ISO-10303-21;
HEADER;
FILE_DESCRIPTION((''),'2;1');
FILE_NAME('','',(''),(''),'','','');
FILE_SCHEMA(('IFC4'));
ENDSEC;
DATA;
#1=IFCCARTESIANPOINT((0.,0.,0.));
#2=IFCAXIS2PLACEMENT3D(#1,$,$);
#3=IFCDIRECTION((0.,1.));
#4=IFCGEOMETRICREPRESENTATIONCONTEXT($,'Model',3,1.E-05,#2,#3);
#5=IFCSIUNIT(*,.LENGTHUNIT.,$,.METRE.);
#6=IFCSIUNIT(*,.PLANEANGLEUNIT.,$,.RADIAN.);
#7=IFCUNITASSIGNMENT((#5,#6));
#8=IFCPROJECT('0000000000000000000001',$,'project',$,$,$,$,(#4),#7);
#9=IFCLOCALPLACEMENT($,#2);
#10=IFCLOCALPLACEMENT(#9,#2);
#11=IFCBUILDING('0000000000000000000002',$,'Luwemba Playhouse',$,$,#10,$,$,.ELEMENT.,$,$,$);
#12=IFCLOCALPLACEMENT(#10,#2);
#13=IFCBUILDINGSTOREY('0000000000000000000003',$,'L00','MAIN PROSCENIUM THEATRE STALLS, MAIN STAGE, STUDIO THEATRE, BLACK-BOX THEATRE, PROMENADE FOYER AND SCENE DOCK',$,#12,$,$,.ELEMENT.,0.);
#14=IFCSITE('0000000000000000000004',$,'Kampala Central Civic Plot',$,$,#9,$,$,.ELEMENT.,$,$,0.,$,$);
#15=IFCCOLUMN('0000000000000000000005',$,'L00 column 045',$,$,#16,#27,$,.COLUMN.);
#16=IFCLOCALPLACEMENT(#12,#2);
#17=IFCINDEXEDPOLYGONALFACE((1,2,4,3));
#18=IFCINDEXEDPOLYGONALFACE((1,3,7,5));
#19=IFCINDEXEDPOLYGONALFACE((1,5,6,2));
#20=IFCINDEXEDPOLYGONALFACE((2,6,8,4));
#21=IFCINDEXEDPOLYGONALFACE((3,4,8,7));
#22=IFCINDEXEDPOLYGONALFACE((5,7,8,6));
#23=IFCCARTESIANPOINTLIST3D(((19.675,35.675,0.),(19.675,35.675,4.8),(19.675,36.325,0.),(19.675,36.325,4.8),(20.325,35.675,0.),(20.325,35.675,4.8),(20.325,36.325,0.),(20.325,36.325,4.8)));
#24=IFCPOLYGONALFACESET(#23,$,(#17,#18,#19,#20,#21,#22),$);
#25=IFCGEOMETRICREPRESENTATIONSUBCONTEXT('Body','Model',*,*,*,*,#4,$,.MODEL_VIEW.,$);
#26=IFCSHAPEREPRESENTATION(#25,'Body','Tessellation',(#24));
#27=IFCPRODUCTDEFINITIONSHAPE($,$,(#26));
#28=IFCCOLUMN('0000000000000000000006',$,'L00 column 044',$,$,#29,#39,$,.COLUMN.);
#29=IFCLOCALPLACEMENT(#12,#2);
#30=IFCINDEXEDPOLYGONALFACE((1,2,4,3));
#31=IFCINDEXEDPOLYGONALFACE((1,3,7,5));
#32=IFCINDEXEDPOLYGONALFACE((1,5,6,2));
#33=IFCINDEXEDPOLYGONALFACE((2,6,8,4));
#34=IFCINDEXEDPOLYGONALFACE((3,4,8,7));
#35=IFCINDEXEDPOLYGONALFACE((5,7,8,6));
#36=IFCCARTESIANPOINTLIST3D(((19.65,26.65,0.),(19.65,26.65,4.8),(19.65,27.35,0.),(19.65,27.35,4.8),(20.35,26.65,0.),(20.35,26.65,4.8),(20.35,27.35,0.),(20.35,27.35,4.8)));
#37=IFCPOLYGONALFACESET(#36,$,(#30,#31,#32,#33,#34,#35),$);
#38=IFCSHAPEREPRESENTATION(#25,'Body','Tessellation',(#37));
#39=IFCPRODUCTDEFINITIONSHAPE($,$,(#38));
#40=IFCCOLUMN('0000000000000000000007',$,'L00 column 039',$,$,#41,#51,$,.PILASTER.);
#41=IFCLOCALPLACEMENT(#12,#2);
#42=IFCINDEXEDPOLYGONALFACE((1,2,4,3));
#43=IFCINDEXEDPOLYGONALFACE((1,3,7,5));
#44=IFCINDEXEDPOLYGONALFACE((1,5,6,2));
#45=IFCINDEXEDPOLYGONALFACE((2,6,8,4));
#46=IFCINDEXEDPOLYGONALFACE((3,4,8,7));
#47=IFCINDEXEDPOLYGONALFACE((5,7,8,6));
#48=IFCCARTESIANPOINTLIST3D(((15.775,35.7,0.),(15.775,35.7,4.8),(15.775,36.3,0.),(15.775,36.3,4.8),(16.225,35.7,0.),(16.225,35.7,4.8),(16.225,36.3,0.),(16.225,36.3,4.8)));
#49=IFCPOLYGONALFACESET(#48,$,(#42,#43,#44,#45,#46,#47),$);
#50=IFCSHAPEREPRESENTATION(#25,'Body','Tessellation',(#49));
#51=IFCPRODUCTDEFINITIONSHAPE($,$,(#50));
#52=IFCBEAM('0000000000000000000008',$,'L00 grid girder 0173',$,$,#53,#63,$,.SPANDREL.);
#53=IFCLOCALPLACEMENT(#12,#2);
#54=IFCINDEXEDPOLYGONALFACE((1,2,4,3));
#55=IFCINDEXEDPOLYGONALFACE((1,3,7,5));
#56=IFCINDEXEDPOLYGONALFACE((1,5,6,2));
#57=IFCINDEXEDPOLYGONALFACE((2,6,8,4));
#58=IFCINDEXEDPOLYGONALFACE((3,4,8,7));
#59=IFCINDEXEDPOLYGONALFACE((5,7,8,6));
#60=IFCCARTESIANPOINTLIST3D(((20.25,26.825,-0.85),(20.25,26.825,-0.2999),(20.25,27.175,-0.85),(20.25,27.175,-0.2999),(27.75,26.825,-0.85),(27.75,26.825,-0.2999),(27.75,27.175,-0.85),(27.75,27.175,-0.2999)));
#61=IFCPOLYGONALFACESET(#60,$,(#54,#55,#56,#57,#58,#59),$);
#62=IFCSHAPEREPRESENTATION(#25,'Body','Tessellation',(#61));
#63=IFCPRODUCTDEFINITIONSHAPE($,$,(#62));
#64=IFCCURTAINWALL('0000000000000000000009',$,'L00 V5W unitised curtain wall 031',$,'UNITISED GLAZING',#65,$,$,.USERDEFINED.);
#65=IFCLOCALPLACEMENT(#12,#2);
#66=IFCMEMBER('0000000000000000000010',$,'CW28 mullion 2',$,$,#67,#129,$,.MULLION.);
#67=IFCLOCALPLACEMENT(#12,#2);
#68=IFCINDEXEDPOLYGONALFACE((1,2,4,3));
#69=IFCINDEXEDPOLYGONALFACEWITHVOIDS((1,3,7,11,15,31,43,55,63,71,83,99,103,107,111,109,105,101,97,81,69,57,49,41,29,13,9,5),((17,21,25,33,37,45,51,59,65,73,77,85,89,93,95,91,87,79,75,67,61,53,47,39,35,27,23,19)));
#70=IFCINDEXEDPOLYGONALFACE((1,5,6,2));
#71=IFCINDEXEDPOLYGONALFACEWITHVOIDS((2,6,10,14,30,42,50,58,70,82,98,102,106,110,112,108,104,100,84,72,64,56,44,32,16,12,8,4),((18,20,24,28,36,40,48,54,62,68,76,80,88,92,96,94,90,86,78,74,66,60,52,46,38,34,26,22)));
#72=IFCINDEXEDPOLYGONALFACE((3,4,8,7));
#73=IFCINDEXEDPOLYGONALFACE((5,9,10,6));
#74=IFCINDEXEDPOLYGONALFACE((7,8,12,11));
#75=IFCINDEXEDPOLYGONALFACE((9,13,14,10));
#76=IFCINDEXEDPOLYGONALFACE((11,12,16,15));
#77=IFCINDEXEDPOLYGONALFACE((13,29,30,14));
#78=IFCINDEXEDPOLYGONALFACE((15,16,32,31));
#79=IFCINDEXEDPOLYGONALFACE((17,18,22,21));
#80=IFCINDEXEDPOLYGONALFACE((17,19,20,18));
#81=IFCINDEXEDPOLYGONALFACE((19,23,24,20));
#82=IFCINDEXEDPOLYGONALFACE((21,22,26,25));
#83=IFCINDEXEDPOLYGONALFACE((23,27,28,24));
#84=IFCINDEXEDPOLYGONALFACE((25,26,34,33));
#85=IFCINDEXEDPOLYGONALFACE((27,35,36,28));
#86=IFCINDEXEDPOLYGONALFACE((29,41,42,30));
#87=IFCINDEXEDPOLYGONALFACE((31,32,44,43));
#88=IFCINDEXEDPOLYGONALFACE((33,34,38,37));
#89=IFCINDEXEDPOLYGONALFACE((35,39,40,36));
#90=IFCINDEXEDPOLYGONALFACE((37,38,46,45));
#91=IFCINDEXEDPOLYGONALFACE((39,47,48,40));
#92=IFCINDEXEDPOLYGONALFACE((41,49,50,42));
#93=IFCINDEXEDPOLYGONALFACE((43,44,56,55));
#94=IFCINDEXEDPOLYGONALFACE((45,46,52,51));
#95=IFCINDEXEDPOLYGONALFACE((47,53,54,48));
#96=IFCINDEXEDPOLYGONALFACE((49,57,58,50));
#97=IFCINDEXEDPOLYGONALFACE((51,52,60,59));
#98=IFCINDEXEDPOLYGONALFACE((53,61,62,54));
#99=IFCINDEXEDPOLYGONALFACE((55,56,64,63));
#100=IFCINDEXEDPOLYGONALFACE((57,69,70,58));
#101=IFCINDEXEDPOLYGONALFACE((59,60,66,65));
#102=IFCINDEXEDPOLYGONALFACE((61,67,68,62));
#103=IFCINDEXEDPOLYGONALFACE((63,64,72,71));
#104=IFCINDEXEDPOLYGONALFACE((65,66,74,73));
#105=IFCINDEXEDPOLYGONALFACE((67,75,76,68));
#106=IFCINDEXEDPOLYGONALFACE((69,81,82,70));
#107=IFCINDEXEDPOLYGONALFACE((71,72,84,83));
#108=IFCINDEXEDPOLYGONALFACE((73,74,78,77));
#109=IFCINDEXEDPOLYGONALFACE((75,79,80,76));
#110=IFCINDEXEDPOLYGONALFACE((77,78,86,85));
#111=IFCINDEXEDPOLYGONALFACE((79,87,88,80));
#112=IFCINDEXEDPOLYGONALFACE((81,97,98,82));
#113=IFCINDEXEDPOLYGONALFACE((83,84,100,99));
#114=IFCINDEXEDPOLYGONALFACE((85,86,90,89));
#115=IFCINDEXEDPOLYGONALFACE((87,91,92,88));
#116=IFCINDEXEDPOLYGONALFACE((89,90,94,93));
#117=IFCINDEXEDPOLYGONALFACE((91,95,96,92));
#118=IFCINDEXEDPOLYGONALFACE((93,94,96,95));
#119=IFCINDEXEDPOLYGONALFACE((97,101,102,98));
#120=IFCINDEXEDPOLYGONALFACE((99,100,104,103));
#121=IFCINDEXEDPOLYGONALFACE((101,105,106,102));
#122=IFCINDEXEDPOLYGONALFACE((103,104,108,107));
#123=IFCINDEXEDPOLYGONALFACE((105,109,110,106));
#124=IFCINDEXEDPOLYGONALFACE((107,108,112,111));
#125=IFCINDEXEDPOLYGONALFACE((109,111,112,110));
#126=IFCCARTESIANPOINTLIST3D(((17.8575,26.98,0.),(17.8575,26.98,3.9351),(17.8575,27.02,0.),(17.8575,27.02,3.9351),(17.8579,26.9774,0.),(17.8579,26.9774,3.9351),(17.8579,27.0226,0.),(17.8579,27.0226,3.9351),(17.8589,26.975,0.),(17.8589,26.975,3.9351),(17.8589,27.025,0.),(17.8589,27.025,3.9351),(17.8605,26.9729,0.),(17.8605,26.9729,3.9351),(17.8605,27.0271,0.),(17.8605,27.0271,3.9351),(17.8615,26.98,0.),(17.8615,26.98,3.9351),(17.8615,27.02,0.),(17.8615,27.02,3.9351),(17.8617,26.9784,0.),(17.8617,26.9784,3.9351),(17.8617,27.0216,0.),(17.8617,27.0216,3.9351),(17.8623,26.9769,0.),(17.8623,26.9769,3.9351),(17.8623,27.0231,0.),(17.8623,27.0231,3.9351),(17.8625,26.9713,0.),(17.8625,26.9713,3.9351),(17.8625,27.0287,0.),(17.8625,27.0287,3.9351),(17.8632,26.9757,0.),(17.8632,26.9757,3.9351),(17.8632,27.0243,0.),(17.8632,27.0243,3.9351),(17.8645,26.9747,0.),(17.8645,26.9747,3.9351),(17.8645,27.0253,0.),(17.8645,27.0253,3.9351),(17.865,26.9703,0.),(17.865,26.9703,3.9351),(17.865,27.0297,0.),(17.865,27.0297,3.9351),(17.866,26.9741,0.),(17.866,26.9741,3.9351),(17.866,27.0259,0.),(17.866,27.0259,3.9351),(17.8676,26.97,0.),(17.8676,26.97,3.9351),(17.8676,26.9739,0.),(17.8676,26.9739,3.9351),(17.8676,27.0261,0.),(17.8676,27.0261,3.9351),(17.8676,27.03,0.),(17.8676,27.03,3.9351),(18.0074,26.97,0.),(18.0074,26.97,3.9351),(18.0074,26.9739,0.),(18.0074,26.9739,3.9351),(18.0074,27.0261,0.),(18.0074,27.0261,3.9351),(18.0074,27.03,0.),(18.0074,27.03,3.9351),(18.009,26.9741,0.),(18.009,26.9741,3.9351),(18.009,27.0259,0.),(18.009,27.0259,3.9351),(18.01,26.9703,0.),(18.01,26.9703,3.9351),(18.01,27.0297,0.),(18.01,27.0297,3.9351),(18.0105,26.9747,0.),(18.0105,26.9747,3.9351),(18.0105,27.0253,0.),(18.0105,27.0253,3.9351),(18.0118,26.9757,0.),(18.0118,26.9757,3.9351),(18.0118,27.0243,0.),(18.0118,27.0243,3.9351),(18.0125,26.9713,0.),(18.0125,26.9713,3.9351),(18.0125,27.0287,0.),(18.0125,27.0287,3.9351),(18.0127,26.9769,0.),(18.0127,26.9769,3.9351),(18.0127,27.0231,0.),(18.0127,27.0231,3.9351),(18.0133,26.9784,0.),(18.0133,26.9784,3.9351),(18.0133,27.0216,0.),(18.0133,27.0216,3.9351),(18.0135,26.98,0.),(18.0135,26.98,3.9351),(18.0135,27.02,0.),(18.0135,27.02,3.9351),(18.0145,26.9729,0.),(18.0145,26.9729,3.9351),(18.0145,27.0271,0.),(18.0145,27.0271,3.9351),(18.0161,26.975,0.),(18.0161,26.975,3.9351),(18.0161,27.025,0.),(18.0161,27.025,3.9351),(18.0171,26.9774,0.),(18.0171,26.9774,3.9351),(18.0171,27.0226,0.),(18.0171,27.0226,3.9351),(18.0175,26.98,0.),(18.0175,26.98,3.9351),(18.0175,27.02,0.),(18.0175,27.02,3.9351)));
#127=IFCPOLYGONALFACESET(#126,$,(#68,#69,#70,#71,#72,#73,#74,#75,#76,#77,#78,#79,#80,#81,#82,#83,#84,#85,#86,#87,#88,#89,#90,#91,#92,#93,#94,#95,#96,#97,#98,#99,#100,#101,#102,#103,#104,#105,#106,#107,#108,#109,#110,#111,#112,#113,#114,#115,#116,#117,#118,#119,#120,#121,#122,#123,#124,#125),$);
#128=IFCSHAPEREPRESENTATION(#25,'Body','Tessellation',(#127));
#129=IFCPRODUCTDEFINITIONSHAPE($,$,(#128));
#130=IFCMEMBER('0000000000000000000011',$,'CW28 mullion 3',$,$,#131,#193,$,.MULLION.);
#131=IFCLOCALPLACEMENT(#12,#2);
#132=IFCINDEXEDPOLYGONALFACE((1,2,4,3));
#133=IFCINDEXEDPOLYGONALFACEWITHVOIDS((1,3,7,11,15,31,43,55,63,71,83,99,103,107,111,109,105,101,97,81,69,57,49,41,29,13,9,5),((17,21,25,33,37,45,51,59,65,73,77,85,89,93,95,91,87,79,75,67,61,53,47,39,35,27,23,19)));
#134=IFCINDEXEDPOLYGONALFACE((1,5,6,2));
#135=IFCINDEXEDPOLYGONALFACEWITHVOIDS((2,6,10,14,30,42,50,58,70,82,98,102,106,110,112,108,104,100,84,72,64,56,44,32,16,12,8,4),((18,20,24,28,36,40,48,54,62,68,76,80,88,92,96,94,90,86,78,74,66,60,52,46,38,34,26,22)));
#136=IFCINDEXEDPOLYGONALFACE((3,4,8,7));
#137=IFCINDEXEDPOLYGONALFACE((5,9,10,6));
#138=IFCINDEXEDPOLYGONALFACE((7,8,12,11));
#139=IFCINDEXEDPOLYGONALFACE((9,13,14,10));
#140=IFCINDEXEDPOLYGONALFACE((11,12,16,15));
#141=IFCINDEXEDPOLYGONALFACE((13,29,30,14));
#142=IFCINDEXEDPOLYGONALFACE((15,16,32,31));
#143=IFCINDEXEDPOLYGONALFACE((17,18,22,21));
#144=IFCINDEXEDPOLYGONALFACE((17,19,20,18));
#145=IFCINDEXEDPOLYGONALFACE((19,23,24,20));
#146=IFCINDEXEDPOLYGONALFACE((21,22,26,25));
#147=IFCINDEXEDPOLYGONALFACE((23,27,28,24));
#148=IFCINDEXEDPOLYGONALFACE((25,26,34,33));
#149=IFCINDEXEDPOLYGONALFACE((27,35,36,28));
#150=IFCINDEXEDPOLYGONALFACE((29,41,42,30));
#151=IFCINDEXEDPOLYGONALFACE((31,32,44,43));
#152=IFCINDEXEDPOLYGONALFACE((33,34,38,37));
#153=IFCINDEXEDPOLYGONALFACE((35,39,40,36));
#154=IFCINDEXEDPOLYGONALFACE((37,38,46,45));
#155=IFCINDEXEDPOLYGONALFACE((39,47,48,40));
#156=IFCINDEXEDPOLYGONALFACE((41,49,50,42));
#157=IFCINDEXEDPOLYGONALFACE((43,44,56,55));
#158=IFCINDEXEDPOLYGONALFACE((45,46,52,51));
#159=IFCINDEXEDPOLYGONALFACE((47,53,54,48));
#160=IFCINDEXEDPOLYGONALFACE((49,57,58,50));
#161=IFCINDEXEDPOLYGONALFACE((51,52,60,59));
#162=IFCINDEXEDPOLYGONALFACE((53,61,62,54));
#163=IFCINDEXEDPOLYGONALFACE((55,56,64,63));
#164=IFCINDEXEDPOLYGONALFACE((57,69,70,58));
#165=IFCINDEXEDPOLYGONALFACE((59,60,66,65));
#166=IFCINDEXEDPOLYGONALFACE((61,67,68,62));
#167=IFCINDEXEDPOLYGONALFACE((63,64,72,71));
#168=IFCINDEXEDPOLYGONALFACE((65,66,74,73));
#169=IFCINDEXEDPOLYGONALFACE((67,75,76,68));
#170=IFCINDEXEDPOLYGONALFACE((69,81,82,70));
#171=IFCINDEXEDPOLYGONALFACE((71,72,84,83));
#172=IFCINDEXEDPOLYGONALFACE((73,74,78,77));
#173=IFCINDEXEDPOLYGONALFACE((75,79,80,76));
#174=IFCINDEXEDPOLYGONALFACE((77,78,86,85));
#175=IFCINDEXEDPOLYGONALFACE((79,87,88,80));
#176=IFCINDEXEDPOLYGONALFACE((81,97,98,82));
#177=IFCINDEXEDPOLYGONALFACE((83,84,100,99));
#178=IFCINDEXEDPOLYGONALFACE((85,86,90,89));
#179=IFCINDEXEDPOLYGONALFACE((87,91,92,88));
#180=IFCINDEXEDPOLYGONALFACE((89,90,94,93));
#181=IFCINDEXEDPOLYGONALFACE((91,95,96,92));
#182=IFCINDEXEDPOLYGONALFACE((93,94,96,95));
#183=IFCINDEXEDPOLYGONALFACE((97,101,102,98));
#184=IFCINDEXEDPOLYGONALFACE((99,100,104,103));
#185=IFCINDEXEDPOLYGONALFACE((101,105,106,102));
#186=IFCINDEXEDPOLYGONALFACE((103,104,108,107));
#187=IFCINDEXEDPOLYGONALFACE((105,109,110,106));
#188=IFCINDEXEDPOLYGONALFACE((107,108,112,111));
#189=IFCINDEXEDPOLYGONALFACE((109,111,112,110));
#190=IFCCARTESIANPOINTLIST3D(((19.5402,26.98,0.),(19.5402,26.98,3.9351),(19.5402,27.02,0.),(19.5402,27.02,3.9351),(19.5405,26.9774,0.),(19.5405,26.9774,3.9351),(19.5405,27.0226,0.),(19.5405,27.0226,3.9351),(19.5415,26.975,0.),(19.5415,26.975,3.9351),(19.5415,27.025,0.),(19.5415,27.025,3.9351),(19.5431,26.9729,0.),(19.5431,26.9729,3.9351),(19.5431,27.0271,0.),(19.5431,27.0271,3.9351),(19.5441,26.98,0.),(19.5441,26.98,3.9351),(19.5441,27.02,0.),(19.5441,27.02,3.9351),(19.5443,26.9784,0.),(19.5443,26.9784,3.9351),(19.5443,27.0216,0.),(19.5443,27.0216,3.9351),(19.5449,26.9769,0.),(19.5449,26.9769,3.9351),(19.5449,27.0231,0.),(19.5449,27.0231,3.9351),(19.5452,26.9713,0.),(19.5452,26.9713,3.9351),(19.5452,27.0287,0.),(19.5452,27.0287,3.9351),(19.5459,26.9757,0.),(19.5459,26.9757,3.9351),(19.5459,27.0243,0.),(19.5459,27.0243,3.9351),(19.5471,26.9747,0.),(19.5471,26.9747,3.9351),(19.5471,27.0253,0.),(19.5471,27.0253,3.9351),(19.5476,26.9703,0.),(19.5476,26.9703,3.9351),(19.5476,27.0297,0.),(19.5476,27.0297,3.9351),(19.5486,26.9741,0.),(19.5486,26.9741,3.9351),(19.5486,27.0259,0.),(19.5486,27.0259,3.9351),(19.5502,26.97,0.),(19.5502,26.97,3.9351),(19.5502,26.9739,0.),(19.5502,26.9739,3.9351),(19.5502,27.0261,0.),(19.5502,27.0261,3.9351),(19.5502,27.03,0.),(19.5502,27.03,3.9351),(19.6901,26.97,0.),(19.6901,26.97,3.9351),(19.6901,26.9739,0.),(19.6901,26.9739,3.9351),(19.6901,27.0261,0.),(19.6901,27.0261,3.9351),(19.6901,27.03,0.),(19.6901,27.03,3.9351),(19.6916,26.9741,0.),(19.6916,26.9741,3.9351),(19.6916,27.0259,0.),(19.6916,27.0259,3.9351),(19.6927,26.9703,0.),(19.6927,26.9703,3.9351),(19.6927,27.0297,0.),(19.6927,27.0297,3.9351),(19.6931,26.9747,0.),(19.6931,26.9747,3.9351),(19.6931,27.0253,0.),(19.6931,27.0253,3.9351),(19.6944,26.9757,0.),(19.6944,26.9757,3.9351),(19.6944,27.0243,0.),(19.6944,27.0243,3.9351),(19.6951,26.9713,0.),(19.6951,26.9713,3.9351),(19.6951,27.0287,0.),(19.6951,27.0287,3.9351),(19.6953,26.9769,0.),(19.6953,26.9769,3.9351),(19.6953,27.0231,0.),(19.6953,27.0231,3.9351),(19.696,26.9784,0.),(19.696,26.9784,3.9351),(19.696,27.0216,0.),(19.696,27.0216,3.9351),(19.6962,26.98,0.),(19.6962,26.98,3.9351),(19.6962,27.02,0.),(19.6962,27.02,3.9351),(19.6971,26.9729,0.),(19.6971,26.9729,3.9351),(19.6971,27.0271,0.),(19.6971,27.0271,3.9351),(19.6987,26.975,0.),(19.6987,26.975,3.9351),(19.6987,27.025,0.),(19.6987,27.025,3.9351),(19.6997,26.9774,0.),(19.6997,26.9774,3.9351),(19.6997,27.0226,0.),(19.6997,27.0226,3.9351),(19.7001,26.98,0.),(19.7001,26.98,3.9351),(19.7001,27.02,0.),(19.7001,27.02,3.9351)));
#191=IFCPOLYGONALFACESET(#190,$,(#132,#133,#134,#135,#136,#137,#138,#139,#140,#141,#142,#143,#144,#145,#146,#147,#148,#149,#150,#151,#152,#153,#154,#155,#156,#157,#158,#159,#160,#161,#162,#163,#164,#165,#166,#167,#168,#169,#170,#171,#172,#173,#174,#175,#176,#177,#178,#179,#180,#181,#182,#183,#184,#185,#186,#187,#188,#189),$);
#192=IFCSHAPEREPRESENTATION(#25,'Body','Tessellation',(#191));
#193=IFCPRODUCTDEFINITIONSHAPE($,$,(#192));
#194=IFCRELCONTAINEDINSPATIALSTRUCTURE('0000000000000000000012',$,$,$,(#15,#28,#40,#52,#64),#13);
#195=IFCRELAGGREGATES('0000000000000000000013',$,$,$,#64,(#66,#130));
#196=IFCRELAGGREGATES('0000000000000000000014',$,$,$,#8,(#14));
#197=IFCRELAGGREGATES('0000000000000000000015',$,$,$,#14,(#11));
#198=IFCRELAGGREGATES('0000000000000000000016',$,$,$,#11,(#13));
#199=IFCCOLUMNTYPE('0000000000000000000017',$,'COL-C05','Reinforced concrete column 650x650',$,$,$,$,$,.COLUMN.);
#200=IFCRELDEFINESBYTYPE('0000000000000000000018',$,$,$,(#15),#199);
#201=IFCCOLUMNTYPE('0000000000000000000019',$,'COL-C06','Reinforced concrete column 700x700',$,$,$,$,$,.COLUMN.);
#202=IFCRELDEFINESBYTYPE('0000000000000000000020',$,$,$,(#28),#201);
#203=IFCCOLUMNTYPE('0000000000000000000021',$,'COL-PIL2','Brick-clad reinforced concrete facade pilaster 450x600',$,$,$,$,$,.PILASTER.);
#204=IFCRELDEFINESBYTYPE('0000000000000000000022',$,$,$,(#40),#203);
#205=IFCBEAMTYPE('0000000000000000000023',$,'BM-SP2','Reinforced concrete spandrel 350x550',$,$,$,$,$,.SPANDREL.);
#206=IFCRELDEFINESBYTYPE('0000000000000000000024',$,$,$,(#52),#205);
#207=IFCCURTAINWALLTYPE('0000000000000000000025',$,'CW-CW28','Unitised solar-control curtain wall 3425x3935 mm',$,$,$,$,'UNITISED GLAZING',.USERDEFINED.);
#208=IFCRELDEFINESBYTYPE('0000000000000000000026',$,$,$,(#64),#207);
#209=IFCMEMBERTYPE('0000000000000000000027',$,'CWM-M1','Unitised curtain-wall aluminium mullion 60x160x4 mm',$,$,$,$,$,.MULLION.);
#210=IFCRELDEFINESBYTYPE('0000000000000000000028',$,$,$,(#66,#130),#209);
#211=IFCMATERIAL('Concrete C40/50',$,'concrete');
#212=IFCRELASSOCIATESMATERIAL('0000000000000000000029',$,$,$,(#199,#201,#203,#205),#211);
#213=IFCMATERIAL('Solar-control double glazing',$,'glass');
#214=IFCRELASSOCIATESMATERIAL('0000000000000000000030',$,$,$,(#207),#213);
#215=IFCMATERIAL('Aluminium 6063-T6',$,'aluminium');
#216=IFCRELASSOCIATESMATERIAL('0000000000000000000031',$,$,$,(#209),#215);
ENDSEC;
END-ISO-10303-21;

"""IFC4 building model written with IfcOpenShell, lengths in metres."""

from ifc_helpers import new_model, si_unit, direction, frame, origin, origin_2d, place, context, subcontext, project, spatial, rectangle, hollow_rectangle, extrude, material, material_profile, profile_set, type_object, element, aggregate, save


model = new_model("IFC4")

# Units and contexts
model_context = context("Model", 3, precision=1e-05, world=origin(), true_north=direction((0.0, 1.0)))
body_context = subcontext(model_context, "Body", "Model", "MODEL_VIEW")
ifc_project = project(units=[si_unit("LENGTHUNIT", "METRE"), si_unit("PLANEANGLEUNIT", "RADIAN")], contexts=[model_context])

# Site, building, storey
site_placement = place(None, origin())
site = spatial("IfcSite", under=ifc_project, at=site_placement, Name="Kampala Central Civic Plot", CompositionType="ELEMENT", RefElevation=0.0)
building_placement = place(site_placement, origin())
building = spatial("IfcBuilding", under=site, at=building_placement, Name="Luwemba Playhouse", CompositionType="ELEMENT")
storey_placement = place(building_placement, origin())
storey = spatial("IfcBuildingStorey", under=building, at=storey_placement, Name="L00", Description="MAIN PROSCENIUM THEATRE STALLS, MAIN STAGE, STUDIO THEATRE, BLACK-BOX THEATRE, PROMENADE FOYER AND SCENE DOCK", CompositionType="ELEMENT", Elevation=0.0)

# Columns
ifc_material_1 = material(Name="Concrete C40/50", Category="concrete")
ifc_material_profile_1 = material_profile(ifc_material_1, rectangle(XDim=0.6499, YDim=0.6499, at=origin_2d()))
ifc_profile_set_1 = profile_set([ifc_material_profile_1], Name="Concrete C40/50")
column_type_1 = type_object("IfcColumnType", Name="COL-C05", Description="Reinforced concrete column 650x650", PredefinedType="COLUMN", material=ifc_profile_set_1)
column_1_placement = place(storey_placement, frame((20.0, 36.0, 0.0), z_axis=(0.0, 0.0, 1.0), x_axis=(1.0, 0.0, 0.0)))
element("IfcColumn", 1, at=column_1_placement, inside=storey, type_object=column_type_1, Name="L00 column 045", PredefinedType="COLUMN", context=body_context, shape_type="SweptSolid", body=[
    extrude(rectangle(XDim=0.6499, YDim=0.6499, at=origin_2d()), origin(), (0.0, 0.0, 1.0), 4.8),
])
ifc_material_profile_2 = material_profile(ifc_material_1, rectangle(XDim=0.7, YDim=0.7, at=origin_2d()))
ifc_profile_set_2 = profile_set([ifc_material_profile_2], Name="Concrete C40/50")
column_type_2 = type_object("IfcColumnType", Name="COL-C06", Description="Reinforced concrete column 700x700", PredefinedType="COLUMN", material=ifc_profile_set_2)
column_2_placement = place(storey_placement, frame((20.0, 27.0, 0.0), z_axis=(0.0, 0.0, 1.0), x_axis=(1.0, 0.0, 0.0)))
element("IfcColumn", 2, at=column_2_placement, inside=storey, type_object=column_type_2, Name="L00 column 044", PredefinedType="COLUMN", context=body_context, shape_type="SweptSolid", body=[
    extrude(rectangle(XDim=0.7, YDim=0.7, at=origin_2d()), origin(), (0.0, 0.0, 1.0), 4.8),
])
ifc_material_profile_3 = material_profile(ifc_material_1, rectangle(XDim=0.45, YDim=0.6001, at=origin_2d()))
ifc_profile_set_3 = profile_set([ifc_material_profile_3], Name="Concrete C40/50")
column_type_3 = type_object("IfcColumnType", Name="COL-PIL2", Description="Brick-clad reinforced concrete facade pilaster 450x600", PredefinedType="PILASTER", material=ifc_profile_set_3)
column_3_placement = place(storey_placement, frame((16.0, 36.0, 0.0), z_axis=(0.0, 0.0, 1.0), x_axis=(1.0, 0.0, 0.0)))
element("IfcColumn", 3, at=column_3_placement, inside=storey, type_object=column_type_3, Name="L00 column 039", PredefinedType="PILASTER", context=body_context, shape_type="SweptSolid", body=[
    extrude(rectangle(XDim=0.45, YDim=0.6001, at=origin_2d()), origin(), (0.0, 0.0, 1.0), 4.8),
])

# Beam
ifc_material_profile_4 = material_profile(ifc_material_1, rectangle(XDim=0.3501, YDim=0.55, at=origin_2d()))
ifc_profile_set_4 = profile_set([ifc_material_profile_4], Name="Concrete C40/50")
beam_type = type_object("IfcBeamType", Name="BM-SP2", Description="Reinforced concrete spandrel 350x550", PredefinedType="SPANDREL", material=ifc_profile_set_4)
beam_placement = place(storey_placement, frame((20.25, 27.0, -0.575), z_axis=(1.0, 0.0, 0.0), x_axis=(0.0, 1.0, 0.0)))
element("IfcBeam", 4, at=beam_placement, inside=storey, type_object=beam_type, Name="L00 grid girder 0173", PredefinedType="SPANDREL", context=body_context, shape_type="SweptSolid", body=[
    extrude(rectangle(XDim=0.3501, YDim=0.55, at=origin_2d()), origin(), (0.0, 0.0, 1.0), 7.5),
])

# Curtain wall, members
ifc_material_2 = material(Name="Solar-control double glazing", Category="glass")
curtain_wall_type_1 = type_object("IfcCurtainWallType", Name="CW-CW28", Description="Unitised solar-control curtain wall 3425x3935 mm", ElementType="UNITISED GLAZING", PredefinedType="USERDEFINED", material=ifc_material_2)
curtain_wall_1_placement = place(storey_placement, origin())
curtain_wall_1 = element("IfcCurtainWall", 5, at=curtain_wall_1_placement, inside=storey, type_object=curtain_wall_type_1, Name="L00 V5W unitised curtain wall 031", ObjectType="UNITISED GLAZING", PredefinedType="USERDEFINED")
ifc_material_3 = material(Name="Aluminium 6063-T6", Category="aluminium")
ifc_material_profile_5 = material_profile(ifc_material_3, hollow_rectangle(XDim=0.0601, YDim=0.1599, WallThickness=0.0039, InnerFilletRadius=0.0061, OuterFilletRadius=0.01, at=origin_2d()))
ifc_profile_set_5 = profile_set([ifc_material_profile_5], Name="Aluminium 6063-T6")
member_type_1 = type_object("IfcMemberType", Name="CWM-M1", Description="Unitised curtain-wall aluminium mullion 60x160x4 mm", PredefinedType="MULLION", material=ifc_profile_set_5)
member_1_placement = place(storey_placement, frame((17.9375, 27.0, 0.0), z_axis=(0.0, 0.0, 1.0), x_axis=(0.0, 1.0, 0.0)))
member_1 = element("IfcMember", 6, at=member_1_placement, type_object=member_type_1, Name="CW28 mullion 2", PredefinedType="MULLION", context=body_context, shape_type="SweptSolid", body=[
    extrude(hollow_rectangle(XDim=0.0601, YDim=0.1599, WallThickness=0.0039, InnerFilletRadius=0.0061, OuterFilletRadius=0.01, at=origin_2d()), origin(), (0.0, 0.0, 1.0), 3.9351),
])
member_2_placement = place(storey_placement, frame((19.6201, 27.0, 0.0), z_axis=(0.0, 0.0, 1.0), x_axis=(0.0, 1.0, 0.0)))
member_2 = element("IfcMember", 7, at=member_2_placement, type_object=member_type_1, Name="CW28 mullion 3", PredefinedType="MULLION", context=body_context, shape_type="SweptSolid", body=[
    extrude(hollow_rectangle(XDim=0.0601, YDim=0.1599, WallThickness=0.0039, InnerFilletRadius=0.0061, OuterFilletRadius=0.01, at=origin_2d()), origin(), (0.0, 0.0, 1.0), 3.9351),
])

aggregate(curtain_wall_1, [member_1, member_2])

save(model, "model.ifc")
